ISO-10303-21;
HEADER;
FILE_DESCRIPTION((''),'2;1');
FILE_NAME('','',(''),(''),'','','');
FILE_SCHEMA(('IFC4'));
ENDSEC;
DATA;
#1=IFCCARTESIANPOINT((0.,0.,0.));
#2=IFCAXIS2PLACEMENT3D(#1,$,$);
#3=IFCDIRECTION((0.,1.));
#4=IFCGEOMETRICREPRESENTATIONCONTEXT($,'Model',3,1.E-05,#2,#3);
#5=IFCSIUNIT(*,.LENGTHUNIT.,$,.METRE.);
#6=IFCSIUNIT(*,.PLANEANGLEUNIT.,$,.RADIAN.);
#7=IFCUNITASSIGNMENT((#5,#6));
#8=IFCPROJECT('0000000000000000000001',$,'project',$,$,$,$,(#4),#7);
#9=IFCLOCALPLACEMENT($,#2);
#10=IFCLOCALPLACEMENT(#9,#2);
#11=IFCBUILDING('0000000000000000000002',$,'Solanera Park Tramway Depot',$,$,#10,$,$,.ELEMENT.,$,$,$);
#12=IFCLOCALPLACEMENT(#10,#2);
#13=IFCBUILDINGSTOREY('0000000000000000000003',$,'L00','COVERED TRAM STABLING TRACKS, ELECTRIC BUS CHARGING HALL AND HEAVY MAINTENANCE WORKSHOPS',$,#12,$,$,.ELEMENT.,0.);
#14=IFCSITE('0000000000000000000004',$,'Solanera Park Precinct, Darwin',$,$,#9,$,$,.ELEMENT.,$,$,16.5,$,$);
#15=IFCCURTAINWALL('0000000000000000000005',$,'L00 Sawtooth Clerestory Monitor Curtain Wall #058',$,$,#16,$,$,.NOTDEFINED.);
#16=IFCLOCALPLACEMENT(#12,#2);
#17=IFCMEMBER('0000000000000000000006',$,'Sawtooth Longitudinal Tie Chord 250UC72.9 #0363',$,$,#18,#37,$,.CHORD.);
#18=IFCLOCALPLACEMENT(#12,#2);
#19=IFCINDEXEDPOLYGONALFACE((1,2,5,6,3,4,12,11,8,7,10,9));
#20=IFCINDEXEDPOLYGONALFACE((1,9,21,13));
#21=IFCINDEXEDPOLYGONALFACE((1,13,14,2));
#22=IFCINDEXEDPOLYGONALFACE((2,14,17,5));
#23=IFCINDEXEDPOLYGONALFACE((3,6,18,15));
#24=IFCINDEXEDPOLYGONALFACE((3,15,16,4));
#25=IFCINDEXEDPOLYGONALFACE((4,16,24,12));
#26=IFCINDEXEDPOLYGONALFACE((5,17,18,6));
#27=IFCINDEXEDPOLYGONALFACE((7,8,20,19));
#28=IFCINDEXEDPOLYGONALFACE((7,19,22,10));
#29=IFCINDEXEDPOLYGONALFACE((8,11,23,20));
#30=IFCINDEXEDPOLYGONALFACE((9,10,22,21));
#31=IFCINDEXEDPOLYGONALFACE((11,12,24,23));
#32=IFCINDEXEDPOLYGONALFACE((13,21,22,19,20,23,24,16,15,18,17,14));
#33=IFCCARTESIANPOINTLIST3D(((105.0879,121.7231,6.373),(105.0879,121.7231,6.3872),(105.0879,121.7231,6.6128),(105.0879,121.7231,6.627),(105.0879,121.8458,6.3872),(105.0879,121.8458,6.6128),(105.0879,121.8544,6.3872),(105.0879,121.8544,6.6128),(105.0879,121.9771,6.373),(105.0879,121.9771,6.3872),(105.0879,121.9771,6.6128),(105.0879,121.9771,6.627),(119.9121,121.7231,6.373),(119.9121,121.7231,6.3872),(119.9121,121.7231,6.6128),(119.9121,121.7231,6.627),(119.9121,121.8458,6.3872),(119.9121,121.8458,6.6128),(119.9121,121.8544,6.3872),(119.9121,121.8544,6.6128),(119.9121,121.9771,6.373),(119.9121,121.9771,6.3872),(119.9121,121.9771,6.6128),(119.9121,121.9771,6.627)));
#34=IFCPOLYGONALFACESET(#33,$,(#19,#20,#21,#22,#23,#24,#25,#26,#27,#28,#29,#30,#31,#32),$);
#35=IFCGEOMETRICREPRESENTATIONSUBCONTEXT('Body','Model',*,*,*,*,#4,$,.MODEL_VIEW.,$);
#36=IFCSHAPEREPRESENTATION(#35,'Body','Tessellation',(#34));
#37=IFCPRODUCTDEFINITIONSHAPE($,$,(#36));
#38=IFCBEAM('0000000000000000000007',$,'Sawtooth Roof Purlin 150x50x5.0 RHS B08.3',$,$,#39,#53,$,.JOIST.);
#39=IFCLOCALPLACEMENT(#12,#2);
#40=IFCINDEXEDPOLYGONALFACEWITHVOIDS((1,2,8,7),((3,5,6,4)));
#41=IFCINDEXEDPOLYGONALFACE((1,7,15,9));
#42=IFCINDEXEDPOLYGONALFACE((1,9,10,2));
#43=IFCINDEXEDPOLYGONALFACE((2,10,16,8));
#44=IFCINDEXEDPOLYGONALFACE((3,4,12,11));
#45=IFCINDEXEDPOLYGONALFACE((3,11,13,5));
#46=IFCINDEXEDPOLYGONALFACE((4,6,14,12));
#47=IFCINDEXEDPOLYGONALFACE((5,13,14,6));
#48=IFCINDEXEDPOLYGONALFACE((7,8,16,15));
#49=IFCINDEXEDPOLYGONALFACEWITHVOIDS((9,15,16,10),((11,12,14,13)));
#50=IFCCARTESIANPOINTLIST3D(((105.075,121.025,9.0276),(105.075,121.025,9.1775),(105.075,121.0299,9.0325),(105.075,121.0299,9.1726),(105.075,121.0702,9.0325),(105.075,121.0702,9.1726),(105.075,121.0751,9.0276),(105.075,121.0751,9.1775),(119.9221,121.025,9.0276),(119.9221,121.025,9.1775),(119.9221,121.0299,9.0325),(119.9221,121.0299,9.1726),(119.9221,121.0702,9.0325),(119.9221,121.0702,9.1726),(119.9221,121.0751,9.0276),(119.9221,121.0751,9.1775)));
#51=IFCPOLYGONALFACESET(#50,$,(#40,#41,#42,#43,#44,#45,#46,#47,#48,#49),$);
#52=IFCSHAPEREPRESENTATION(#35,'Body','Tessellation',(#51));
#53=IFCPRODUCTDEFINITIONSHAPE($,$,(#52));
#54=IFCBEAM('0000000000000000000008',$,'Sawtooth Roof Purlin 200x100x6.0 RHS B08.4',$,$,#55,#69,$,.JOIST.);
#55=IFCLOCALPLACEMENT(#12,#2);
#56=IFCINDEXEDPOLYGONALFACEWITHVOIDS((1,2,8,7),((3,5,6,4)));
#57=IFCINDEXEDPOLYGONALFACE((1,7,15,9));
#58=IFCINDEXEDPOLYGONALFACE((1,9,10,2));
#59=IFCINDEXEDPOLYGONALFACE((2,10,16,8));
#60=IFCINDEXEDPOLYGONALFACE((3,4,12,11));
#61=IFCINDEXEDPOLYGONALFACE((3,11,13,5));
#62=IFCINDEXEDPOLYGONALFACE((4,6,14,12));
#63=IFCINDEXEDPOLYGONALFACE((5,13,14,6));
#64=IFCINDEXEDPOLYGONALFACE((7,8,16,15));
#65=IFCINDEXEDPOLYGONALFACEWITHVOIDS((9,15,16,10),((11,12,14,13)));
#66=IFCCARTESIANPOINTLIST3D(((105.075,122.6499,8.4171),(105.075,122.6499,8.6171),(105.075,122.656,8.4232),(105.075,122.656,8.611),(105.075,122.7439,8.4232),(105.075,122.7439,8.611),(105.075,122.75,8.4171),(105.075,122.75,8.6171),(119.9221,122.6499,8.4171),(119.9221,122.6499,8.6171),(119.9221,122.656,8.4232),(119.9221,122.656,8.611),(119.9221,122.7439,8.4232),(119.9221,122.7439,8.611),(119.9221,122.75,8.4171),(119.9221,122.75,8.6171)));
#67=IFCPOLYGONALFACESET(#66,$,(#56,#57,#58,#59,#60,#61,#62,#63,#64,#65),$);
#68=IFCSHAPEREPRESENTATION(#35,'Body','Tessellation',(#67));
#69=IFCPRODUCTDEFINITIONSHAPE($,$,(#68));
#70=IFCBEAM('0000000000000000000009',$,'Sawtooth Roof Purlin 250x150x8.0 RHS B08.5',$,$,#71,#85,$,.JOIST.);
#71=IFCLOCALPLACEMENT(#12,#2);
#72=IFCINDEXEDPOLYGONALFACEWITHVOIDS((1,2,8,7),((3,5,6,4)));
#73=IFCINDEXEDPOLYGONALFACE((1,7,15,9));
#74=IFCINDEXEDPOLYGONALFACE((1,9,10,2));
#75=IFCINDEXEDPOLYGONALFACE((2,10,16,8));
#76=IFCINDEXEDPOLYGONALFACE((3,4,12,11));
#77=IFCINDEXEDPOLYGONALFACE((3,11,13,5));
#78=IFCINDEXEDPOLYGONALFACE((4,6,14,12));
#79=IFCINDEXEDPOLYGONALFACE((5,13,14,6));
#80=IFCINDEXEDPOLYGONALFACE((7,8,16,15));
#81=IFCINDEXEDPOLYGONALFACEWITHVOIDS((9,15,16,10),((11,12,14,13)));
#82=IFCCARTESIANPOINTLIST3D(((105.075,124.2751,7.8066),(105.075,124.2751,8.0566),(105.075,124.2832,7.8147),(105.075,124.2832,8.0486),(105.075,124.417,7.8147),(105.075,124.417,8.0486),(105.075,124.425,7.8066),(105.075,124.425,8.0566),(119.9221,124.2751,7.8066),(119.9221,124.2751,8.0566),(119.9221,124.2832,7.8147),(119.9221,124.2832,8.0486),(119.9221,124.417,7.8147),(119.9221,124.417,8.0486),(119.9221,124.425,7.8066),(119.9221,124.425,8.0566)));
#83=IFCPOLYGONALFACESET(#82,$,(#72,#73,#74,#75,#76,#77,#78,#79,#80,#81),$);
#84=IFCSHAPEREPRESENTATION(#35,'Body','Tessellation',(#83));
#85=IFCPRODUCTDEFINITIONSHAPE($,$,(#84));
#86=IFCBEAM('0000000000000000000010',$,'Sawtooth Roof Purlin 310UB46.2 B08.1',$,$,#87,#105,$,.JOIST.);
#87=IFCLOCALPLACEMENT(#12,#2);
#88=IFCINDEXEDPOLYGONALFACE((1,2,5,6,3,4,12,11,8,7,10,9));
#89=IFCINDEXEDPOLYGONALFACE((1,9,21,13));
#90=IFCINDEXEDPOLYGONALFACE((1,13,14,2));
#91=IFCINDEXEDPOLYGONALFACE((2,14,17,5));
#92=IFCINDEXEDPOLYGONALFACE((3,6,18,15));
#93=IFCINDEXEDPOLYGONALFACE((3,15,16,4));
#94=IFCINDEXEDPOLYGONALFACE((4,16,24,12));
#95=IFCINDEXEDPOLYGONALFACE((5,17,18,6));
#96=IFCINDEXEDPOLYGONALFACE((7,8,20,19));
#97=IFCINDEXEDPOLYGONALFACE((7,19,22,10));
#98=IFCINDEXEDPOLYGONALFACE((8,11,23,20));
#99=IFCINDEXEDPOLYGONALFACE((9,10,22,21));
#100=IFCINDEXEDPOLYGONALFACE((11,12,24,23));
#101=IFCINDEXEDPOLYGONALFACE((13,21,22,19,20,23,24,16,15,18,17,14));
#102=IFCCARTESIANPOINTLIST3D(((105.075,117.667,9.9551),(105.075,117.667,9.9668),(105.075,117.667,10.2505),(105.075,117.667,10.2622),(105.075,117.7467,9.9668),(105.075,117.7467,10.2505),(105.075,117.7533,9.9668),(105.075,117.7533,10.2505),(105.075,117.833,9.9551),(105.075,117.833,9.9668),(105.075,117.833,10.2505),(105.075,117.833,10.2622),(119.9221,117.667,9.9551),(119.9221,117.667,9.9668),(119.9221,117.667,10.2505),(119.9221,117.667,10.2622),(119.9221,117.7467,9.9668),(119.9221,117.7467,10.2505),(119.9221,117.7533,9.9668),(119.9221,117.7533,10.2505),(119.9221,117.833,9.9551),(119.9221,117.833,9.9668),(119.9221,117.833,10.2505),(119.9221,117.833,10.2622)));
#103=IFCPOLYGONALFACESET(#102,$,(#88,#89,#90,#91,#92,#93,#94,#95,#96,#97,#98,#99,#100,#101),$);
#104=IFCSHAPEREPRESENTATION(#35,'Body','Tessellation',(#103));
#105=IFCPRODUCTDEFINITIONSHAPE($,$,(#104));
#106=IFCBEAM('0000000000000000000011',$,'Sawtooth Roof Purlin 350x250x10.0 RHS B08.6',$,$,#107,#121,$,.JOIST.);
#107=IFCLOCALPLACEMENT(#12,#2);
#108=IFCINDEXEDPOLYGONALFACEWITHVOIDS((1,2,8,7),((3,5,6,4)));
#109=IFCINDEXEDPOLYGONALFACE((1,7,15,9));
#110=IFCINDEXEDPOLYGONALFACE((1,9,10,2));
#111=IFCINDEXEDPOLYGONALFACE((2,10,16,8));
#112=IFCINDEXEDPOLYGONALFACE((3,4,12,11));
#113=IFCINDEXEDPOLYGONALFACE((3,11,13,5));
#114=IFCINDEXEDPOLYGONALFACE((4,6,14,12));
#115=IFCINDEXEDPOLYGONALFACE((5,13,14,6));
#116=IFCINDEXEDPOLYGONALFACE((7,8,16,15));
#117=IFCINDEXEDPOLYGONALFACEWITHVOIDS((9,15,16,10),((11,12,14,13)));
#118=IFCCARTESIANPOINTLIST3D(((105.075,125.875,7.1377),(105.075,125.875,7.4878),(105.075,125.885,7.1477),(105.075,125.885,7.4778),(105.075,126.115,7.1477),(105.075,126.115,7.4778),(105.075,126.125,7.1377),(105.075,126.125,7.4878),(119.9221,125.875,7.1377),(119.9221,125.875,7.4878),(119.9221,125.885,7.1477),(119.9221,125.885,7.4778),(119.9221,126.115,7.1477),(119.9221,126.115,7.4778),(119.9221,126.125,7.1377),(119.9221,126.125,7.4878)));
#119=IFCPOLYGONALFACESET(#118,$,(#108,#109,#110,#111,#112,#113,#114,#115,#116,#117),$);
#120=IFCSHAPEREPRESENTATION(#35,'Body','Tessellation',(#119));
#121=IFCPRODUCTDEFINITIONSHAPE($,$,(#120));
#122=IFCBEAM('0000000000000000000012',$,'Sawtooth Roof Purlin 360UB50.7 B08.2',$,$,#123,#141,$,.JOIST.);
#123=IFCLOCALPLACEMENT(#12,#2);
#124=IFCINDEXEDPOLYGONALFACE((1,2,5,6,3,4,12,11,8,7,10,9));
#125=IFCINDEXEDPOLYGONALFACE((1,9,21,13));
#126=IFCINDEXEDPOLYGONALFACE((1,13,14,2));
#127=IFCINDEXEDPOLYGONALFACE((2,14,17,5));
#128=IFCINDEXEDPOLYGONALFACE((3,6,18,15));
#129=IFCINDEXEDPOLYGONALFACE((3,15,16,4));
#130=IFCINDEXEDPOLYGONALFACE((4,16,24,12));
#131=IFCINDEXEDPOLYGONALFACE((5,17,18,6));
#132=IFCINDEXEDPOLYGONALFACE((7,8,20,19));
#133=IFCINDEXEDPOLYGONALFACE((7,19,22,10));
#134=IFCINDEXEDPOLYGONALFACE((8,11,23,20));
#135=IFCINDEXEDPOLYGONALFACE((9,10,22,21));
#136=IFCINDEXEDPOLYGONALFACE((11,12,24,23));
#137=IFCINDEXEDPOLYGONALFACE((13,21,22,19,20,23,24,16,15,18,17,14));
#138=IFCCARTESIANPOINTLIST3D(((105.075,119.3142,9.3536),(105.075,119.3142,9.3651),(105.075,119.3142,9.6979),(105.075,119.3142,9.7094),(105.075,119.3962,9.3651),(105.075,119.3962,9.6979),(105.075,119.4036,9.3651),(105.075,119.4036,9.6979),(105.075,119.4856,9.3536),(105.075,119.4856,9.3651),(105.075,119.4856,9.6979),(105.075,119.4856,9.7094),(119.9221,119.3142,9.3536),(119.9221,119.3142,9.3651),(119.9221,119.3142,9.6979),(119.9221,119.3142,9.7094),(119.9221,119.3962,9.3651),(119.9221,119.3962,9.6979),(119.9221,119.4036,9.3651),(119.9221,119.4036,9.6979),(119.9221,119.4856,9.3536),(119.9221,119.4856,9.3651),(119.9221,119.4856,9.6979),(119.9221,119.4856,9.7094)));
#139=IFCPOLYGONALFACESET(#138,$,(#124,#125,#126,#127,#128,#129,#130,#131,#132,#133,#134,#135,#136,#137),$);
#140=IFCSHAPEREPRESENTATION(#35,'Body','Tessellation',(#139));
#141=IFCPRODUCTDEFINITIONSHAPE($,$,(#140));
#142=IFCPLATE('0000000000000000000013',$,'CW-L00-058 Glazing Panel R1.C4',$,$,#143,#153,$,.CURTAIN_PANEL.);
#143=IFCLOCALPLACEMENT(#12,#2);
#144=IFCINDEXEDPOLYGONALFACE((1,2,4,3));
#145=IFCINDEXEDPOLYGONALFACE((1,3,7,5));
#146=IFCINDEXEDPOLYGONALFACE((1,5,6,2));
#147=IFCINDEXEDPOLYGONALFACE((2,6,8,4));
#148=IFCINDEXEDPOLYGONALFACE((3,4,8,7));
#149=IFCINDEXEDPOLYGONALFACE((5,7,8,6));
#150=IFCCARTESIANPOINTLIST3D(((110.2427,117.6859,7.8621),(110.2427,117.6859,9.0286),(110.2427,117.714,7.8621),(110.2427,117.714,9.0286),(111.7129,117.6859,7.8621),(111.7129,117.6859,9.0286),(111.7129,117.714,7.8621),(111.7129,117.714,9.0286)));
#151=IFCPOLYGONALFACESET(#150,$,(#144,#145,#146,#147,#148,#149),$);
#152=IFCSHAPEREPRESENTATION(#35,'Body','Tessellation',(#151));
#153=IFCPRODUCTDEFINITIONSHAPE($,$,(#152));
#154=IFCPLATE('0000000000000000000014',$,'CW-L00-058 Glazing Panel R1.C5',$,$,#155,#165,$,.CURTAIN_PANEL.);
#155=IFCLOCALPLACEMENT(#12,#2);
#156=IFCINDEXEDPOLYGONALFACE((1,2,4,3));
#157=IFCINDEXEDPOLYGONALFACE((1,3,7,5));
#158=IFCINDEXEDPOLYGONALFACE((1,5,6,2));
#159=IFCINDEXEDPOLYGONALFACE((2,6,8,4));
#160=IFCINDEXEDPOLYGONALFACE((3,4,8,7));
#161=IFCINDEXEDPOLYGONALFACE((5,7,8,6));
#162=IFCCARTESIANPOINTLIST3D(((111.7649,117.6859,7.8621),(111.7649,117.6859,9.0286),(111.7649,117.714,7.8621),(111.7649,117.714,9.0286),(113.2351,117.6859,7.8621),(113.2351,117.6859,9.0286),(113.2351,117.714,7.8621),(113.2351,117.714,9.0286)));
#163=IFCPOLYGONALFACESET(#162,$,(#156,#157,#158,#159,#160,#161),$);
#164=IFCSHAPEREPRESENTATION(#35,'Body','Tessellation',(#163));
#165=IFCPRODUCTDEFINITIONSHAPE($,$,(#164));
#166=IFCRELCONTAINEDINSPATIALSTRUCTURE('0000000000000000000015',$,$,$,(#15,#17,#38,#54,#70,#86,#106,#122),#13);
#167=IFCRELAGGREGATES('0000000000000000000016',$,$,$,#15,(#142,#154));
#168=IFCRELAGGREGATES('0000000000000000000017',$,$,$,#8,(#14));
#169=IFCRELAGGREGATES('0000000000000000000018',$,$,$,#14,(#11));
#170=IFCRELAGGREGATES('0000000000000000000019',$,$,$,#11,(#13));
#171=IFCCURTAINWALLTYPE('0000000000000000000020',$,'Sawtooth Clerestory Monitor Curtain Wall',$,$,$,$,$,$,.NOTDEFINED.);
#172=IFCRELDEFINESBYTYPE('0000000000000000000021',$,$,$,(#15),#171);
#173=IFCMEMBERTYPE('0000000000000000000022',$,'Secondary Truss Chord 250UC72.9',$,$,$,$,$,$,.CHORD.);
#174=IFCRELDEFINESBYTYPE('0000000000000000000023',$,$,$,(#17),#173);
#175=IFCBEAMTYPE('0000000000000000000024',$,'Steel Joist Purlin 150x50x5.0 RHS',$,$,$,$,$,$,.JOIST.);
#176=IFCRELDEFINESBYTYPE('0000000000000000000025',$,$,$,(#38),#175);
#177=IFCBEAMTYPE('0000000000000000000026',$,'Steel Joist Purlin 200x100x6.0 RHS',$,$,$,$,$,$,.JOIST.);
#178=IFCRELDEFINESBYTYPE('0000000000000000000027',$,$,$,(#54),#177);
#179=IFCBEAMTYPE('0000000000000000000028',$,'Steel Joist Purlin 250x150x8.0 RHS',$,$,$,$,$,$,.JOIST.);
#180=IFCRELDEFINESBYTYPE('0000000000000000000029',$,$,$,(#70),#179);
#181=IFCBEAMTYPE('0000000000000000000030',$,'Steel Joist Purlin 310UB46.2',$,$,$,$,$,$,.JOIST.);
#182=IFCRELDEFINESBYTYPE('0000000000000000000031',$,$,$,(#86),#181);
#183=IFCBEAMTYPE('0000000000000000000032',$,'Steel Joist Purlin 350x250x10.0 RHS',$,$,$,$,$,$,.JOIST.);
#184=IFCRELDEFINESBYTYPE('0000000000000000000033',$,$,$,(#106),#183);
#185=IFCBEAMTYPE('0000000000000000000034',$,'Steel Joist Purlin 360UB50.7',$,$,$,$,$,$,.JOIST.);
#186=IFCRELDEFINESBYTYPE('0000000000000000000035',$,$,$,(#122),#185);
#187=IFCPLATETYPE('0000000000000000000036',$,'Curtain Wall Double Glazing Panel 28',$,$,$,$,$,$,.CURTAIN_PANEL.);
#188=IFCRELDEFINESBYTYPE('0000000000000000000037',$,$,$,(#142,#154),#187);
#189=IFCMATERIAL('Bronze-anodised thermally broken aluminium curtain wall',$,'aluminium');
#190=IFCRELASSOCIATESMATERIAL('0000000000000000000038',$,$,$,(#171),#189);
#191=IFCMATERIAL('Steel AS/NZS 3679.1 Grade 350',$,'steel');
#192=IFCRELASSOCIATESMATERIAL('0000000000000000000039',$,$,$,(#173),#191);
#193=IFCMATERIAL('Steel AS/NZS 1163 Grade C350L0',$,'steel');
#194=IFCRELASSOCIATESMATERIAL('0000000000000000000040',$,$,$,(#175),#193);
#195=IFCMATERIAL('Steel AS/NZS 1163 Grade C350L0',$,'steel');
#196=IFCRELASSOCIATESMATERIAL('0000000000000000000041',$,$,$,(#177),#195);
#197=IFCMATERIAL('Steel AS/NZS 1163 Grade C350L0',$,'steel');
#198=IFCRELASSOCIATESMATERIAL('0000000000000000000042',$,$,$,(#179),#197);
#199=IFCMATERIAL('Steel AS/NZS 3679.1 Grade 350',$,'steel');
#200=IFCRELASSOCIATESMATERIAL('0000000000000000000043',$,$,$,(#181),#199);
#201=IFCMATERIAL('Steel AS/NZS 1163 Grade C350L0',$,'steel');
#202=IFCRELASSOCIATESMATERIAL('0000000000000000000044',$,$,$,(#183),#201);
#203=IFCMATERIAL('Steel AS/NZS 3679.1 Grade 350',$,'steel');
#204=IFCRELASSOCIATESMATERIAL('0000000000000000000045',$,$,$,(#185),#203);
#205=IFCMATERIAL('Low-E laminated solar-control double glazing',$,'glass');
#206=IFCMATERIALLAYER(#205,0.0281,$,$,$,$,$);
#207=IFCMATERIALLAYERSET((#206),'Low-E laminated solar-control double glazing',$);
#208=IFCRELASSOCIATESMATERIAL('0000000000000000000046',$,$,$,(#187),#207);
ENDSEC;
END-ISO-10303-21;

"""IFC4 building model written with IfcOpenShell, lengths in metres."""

from ifc_helpers import new_model, si_unit, direction, frame, origin, origin_2d, place, context, subcontext, project, spatial, rectangle, hollow_rectangle, i_section, extrude, material, layer, layer_set, material_profile, profile_set, type_object, element, aggregate, save


model = new_model("IFC4")

# Units and contexts
model_context = context("Model", 3, precision=1e-05, world=origin(), true_north=direction((0.0, 1.0)))
body_context = subcontext(model_context, "Body", "Model", "MODEL_VIEW")
ifc_project = project(units=[si_unit("LENGTHUNIT", "METRE"), si_unit("PLANEANGLEUNIT", "RADIAN")], contexts=[model_context])

# Site, building, storey
site_placement = place(None, origin())
site = spatial("IfcSite", under=ifc_project, at=site_placement, Name="Solanera Park Precinct, Darwin", CompositionType="ELEMENT", RefElevation=16.5)
building_placement = place(site_placement, origin())
building = spatial("IfcBuilding", under=site, at=building_placement, Name="Solanera Park Tramway Depot", CompositionType="ELEMENT")
storey_placement = place(building_placement, origin())
storey = spatial("IfcBuildingStorey", under=building, at=storey_placement, Name="L00", Description="COVERED TRAM STABLING TRACKS, ELECTRIC BUS CHARGING HALL AND HEAVY MAINTENANCE WORKSHOPS", CompositionType="ELEMENT", Elevation=0.0)

# Curtain wall
ifc_material_1 = material(Name="Bronze-anodised thermally broken aluminium curtain wall", Category="aluminium")
curtain_wall_type = type_object("IfcCurtainWallType", Name="Sawtooth Clerestory Monitor Curtain Wall", PredefinedType="NOTDEFINED", material=ifc_material_1)
curtain_wall_placement = place(storey_placement, origin())
curtain_wall = element("IfcCurtainWall", 1, at=curtain_wall_placement, inside=storey, type_object=curtain_wall_type, Name="L00 Sawtooth Clerestory Monitor Curtain Wall #058", PredefinedType="NOTDEFINED")

# Member
ifc_material_2 = material(Name="Steel AS/NZS 3679.1 Grade 350", Category="steel")
ifc_material_profile_1 = material_profile(ifc_material_2, i_section(OverallWidth=0.2539, OverallDepth=0.2539, WebThickness=0.0085, FlangeThickness=0.0142, at=origin_2d()), Name="250UC72.9")
ifc_profile_set_1 = profile_set([ifc_material_profile_1], Name="Steel AS/NZS 3679.1 Grade 350")
member_type_1 = type_object("IfcMemberType", Name="Secondary Truss Chord 250UC72.9", PredefinedType="CHORD", material=ifc_profile_set_1)
member_1_placement = place(storey_placement, frame((105.0879, 121.8501, 6.5), z_axis=(1.0, 0.0, 0.0), x_axis=(0.0, 1.0, 0.0)))
element("IfcMember", 2, at=member_1_placement, inside=storey, type_object=member_type_1, Name="Sawtooth Longitudinal Tie Chord 250UC72.9 #0363", PredefinedType="CHORD", context=body_context, shape_type="SweptSolid", body=[
    extrude(i_section(OverallWidth=0.2539, OverallDepth=0.2539, WebThickness=0.0085, FlangeThickness=0.0142, at=origin_2d()), origin(), (0.0, 0.0, 1.0), 14.8242),
])

# Beams
ifc_material_3 = material(Name="Steel AS/NZS 1163 Grade C350L0", Category="steel")
ifc_material_profile_2 = material_profile(ifc_material_3, hollow_rectangle(XDim=0.05, YDim=0.1499, WallThickness=0.0049, at=origin_2d()), Name="150x50x5.0 RHS")
ifc_profile_set_2 = profile_set([ifc_material_profile_2], Name="Steel AS/NZS 1163 Grade C350L0")
beam_type_1 = type_object("IfcBeamType", Name="Steel Joist Purlin 150x50x5.0 RHS", PredefinedType="JOIST", material=ifc_profile_set_2)
beam_1_placement = place(storey_placement, frame((105.075, 121.05, 9.1025), z_axis=(1.0, 0.0, 0.0), x_axis=(0.0, 1.0, 0.0)))
element("IfcBeam", 3, at=beam_1_placement, inside=storey, type_object=beam_type_1, Name="Sawtooth Roof Purlin 150x50x5.0 RHS B08.3", PredefinedType="JOIST", context=body_context, shape_type="SweptSolid", body=[
    extrude(hollow_rectangle(XDim=0.05, YDim=0.1499, WallThickness=0.0049, at=origin_2d()), origin(), (0.0, 0.0, 1.0), 14.8472),
])
ifc_material_4 = material(Name="Steel AS/NZS 1163 Grade C350L0", Category="steel")
ifc_material_profile_3 = material_profile(ifc_material_4, hollow_rectangle(XDim=0.1001, YDim=0.2, WallThickness=0.0061, at=origin_2d()), Name="200x100x6.0 RHS")
ifc_profile_set_3 = profile_set([ifc_material_profile_3], Name="Steel AS/NZS 1163 Grade C350L0")
beam_type_2 = type_object("IfcBeamType", Name="Steel Joist Purlin 200x100x6.0 RHS", PredefinedType="JOIST", material=ifc_profile_set_3)
beam_2_placement = place(storey_placement, frame((105.075, 122.7, 8.5171), z_axis=(1.0, 0.0, 0.0), x_axis=(0.0, 1.0, 0.0)))
element("IfcBeam", 4, at=beam_2_placement, inside=storey, type_object=beam_type_2, Name="Sawtooth Roof Purlin 200x100x6.0 RHS B08.4", PredefinedType="JOIST", context=body_context, shape_type="SweptSolid", body=[
    extrude(hollow_rectangle(XDim=0.1001, YDim=0.2, WallThickness=0.0061, at=origin_2d()), origin(), (0.0, 0.0, 1.0), 14.8472),
])
ifc_material_5 = material(Name="Steel AS/NZS 1163 Grade C350L0", Category="steel")
ifc_material_profile_4 = material_profile(ifc_material_5, hollow_rectangle(XDim=0.1499, YDim=0.25, WallThickness=0.0081, at=origin_2d()), Name="250x150x8.0 RHS")
ifc_profile_set_4 = profile_set([ifc_material_profile_4], Name="Steel AS/NZS 1163 Grade C350L0")
beam_type_3 = type_object("IfcBeamType", Name="Steel Joist Purlin 250x150x8.0 RHS", PredefinedType="JOIST", material=ifc_profile_set_4)
beam_3_placement = place(storey_placement, frame((105.075, 124.3501, 7.9316), z_axis=(1.0, 0.0, 0.0), x_axis=(0.0, 1.0, 0.0)))
element("IfcBeam", 5, at=beam_3_placement, inside=storey, type_object=beam_type_3, Name="Sawtooth Roof Purlin 250x150x8.0 RHS B08.5", PredefinedType="JOIST", context=body_context, shape_type="SweptSolid", body=[
    extrude(hollow_rectangle(XDim=0.1499, YDim=0.25, WallThickness=0.0081, at=origin_2d()), origin(), (0.0, 0.0, 1.0), 14.8472),
])
ifc_material_6 = material(Name="Steel AS/NZS 3679.1 Grade 350", Category="steel")
ifc_material_profile_5 = material_profile(ifc_material_6, i_section(OverallWidth=0.166, OverallDepth=0.3071, WebThickness=0.0066, FlangeThickness=0.0117, at=origin_2d()), Name="310UB46.2")
ifc_profile_set_5 = profile_set([ifc_material_profile_5], Name="Steel AS/NZS 3679.1 Grade 350")
beam_type_4 = type_object("IfcBeamType", Name="Steel Joist Purlin 310UB46.2", PredefinedType="JOIST", material=ifc_profile_set_5)
beam_4_placement = place(storey_placement, frame((105.075, 117.75, 10.1086), z_axis=(1.0, 0.0, 0.0), x_axis=(0.0, 1.0, 0.0)))
element("IfcBeam", 6, at=beam_4_placement, inside=storey, type_object=beam_type_4, Name="Sawtooth Roof Purlin 310UB46.2 B08.1", PredefinedType="JOIST", context=body_context, shape_type="SweptSolid", body=[
    extrude(i_section(OverallWidth=0.166, OverallDepth=0.3071, WebThickness=0.0066, FlangeThickness=0.0117, at=origin_2d()), origin(), (0.0, 0.0, 1.0), 14.8472),
])
ifc_material_7 = material(Name="Steel AS/NZS 1163 Grade C350L0", Category="steel")
ifc_material_profile_6 = material_profile(ifc_material_7, hollow_rectangle(XDim=0.25, YDim=0.3501, WallThickness=0.01, at=origin_2d()), Name="350x250x10.0 RHS")
ifc_profile_set_6 = profile_set([ifc_material_profile_6], Name="Steel AS/NZS 1163 Grade C350L0")
beam_type_5 = type_object("IfcBeamType", Name="Steel Joist Purlin 350x250x10.0 RHS", PredefinedType="JOIST", material=ifc_profile_set_6)
beam_5_placement = place(storey_placement, frame((105.075, 126.0, 7.3127), z_axis=(1.0, 0.0, 0.0), x_axis=(0.0, 1.0, 0.0)))
element("IfcBeam", 7, at=beam_5_placement, inside=storey, type_object=beam_type_5, Name="Sawtooth Roof Purlin 350x250x10.0 RHS B08.6", PredefinedType="JOIST", context=body_context, shape_type="SweptSolid", body=[
    extrude(hollow_rectangle(XDim=0.25, YDim=0.3501, WallThickness=0.01, at=origin_2d()), origin(), (0.0, 0.0, 1.0), 14.8472),
])
ifc_material_8 = material(Name="Steel AS/NZS 3679.1 Grade 350", Category="steel")
ifc_material_profile_7 = material_profile(ifc_material_8, i_section(OverallWidth=0.1714, OverallDepth=0.3557, WebThickness=0.0073, FlangeThickness=0.0115, at=origin_2d()), Name="360UB50.7")
ifc_profile_set_7 = profile_set([ifc_material_profile_7], Name="Steel AS/NZS 3679.1 Grade 350")
beam_type_6 = type_object("IfcBeamType", Name="Steel Joist Purlin 360UB50.7", PredefinedType="JOIST", material=ifc_profile_set_7)
beam_6_placement = place(storey_placement, frame((105.075, 119.3999, 9.5315), z_axis=(1.0, 0.0, 0.0), x_axis=(0.0, 1.0, 0.0)))
element("IfcBeam", 8, at=beam_6_placement, inside=storey, type_object=beam_type_6, Name="Sawtooth Roof Purlin 360UB50.7 B08.2", PredefinedType="JOIST", context=body_context, shape_type="SweptSolid", body=[
    extrude(i_section(OverallWidth=0.1714, OverallDepth=0.3557, WebThickness=0.0073, FlangeThickness=0.0115, at=origin_2d()), origin(), (0.0, 0.0, 1.0), 14.8472),
])

# Plates
ifc_material_9 = material(Name="Low-E laminated solar-control double glazing", Category="glass")
ifc_layer_1 = layer(ifc_material_9, 0.0281)
ifc_layer_set_1 = layer_set([ifc_layer_1], Name="Low-E laminated solar-control double glazing")
plate_type_1 = type_object("IfcPlateType", Name="Curtain Wall Double Glazing Panel 28", PredefinedType="CURTAIN_PANEL", material=ifc_layer_set_1)
plate_1_placement = place(storey_placement, frame((110.9778, 117.7, 7.8621), z_axis=(0.0, 0.0, 1.0), x_axis=(1.0, 0.0, 0.0)))
plate_1 = element("IfcPlate", 9, at=plate_1_placement, type_object=plate_type_1, Name="CW-L00-058 Glazing Panel R1.C4", PredefinedType="CURTAIN_PANEL", context=body_context, shape_type="SweptSolid", body=[
    extrude(rectangle(XDim=1.4702, YDim=0.0281, at=origin_2d()), origin(), (0.0, 0.0, 1.0), 1.1665),
])
plate_2_placement = place(storey_placement, frame((112.5, 117.7, 7.8621), z_axis=(0.0, 0.0, 1.0), x_axis=(1.0, 0.0, 0.0)))
plate_2 = element("IfcPlate", 10, at=plate_2_placement, type_object=plate_type_1, Name="CW-L00-058 Glazing Panel R1.C5", PredefinedType="CURTAIN_PANEL", context=body_context, shape_type="SweptSolid", body=[
    extrude(rectangle(XDim=1.4702, YDim=0.0281, at=origin_2d()), origin(), (0.0, 0.0, 1.0), 1.1665),
])
aggregate(curtain_wall, [plate_1, plate_2])

save(model, "model.ifc")
